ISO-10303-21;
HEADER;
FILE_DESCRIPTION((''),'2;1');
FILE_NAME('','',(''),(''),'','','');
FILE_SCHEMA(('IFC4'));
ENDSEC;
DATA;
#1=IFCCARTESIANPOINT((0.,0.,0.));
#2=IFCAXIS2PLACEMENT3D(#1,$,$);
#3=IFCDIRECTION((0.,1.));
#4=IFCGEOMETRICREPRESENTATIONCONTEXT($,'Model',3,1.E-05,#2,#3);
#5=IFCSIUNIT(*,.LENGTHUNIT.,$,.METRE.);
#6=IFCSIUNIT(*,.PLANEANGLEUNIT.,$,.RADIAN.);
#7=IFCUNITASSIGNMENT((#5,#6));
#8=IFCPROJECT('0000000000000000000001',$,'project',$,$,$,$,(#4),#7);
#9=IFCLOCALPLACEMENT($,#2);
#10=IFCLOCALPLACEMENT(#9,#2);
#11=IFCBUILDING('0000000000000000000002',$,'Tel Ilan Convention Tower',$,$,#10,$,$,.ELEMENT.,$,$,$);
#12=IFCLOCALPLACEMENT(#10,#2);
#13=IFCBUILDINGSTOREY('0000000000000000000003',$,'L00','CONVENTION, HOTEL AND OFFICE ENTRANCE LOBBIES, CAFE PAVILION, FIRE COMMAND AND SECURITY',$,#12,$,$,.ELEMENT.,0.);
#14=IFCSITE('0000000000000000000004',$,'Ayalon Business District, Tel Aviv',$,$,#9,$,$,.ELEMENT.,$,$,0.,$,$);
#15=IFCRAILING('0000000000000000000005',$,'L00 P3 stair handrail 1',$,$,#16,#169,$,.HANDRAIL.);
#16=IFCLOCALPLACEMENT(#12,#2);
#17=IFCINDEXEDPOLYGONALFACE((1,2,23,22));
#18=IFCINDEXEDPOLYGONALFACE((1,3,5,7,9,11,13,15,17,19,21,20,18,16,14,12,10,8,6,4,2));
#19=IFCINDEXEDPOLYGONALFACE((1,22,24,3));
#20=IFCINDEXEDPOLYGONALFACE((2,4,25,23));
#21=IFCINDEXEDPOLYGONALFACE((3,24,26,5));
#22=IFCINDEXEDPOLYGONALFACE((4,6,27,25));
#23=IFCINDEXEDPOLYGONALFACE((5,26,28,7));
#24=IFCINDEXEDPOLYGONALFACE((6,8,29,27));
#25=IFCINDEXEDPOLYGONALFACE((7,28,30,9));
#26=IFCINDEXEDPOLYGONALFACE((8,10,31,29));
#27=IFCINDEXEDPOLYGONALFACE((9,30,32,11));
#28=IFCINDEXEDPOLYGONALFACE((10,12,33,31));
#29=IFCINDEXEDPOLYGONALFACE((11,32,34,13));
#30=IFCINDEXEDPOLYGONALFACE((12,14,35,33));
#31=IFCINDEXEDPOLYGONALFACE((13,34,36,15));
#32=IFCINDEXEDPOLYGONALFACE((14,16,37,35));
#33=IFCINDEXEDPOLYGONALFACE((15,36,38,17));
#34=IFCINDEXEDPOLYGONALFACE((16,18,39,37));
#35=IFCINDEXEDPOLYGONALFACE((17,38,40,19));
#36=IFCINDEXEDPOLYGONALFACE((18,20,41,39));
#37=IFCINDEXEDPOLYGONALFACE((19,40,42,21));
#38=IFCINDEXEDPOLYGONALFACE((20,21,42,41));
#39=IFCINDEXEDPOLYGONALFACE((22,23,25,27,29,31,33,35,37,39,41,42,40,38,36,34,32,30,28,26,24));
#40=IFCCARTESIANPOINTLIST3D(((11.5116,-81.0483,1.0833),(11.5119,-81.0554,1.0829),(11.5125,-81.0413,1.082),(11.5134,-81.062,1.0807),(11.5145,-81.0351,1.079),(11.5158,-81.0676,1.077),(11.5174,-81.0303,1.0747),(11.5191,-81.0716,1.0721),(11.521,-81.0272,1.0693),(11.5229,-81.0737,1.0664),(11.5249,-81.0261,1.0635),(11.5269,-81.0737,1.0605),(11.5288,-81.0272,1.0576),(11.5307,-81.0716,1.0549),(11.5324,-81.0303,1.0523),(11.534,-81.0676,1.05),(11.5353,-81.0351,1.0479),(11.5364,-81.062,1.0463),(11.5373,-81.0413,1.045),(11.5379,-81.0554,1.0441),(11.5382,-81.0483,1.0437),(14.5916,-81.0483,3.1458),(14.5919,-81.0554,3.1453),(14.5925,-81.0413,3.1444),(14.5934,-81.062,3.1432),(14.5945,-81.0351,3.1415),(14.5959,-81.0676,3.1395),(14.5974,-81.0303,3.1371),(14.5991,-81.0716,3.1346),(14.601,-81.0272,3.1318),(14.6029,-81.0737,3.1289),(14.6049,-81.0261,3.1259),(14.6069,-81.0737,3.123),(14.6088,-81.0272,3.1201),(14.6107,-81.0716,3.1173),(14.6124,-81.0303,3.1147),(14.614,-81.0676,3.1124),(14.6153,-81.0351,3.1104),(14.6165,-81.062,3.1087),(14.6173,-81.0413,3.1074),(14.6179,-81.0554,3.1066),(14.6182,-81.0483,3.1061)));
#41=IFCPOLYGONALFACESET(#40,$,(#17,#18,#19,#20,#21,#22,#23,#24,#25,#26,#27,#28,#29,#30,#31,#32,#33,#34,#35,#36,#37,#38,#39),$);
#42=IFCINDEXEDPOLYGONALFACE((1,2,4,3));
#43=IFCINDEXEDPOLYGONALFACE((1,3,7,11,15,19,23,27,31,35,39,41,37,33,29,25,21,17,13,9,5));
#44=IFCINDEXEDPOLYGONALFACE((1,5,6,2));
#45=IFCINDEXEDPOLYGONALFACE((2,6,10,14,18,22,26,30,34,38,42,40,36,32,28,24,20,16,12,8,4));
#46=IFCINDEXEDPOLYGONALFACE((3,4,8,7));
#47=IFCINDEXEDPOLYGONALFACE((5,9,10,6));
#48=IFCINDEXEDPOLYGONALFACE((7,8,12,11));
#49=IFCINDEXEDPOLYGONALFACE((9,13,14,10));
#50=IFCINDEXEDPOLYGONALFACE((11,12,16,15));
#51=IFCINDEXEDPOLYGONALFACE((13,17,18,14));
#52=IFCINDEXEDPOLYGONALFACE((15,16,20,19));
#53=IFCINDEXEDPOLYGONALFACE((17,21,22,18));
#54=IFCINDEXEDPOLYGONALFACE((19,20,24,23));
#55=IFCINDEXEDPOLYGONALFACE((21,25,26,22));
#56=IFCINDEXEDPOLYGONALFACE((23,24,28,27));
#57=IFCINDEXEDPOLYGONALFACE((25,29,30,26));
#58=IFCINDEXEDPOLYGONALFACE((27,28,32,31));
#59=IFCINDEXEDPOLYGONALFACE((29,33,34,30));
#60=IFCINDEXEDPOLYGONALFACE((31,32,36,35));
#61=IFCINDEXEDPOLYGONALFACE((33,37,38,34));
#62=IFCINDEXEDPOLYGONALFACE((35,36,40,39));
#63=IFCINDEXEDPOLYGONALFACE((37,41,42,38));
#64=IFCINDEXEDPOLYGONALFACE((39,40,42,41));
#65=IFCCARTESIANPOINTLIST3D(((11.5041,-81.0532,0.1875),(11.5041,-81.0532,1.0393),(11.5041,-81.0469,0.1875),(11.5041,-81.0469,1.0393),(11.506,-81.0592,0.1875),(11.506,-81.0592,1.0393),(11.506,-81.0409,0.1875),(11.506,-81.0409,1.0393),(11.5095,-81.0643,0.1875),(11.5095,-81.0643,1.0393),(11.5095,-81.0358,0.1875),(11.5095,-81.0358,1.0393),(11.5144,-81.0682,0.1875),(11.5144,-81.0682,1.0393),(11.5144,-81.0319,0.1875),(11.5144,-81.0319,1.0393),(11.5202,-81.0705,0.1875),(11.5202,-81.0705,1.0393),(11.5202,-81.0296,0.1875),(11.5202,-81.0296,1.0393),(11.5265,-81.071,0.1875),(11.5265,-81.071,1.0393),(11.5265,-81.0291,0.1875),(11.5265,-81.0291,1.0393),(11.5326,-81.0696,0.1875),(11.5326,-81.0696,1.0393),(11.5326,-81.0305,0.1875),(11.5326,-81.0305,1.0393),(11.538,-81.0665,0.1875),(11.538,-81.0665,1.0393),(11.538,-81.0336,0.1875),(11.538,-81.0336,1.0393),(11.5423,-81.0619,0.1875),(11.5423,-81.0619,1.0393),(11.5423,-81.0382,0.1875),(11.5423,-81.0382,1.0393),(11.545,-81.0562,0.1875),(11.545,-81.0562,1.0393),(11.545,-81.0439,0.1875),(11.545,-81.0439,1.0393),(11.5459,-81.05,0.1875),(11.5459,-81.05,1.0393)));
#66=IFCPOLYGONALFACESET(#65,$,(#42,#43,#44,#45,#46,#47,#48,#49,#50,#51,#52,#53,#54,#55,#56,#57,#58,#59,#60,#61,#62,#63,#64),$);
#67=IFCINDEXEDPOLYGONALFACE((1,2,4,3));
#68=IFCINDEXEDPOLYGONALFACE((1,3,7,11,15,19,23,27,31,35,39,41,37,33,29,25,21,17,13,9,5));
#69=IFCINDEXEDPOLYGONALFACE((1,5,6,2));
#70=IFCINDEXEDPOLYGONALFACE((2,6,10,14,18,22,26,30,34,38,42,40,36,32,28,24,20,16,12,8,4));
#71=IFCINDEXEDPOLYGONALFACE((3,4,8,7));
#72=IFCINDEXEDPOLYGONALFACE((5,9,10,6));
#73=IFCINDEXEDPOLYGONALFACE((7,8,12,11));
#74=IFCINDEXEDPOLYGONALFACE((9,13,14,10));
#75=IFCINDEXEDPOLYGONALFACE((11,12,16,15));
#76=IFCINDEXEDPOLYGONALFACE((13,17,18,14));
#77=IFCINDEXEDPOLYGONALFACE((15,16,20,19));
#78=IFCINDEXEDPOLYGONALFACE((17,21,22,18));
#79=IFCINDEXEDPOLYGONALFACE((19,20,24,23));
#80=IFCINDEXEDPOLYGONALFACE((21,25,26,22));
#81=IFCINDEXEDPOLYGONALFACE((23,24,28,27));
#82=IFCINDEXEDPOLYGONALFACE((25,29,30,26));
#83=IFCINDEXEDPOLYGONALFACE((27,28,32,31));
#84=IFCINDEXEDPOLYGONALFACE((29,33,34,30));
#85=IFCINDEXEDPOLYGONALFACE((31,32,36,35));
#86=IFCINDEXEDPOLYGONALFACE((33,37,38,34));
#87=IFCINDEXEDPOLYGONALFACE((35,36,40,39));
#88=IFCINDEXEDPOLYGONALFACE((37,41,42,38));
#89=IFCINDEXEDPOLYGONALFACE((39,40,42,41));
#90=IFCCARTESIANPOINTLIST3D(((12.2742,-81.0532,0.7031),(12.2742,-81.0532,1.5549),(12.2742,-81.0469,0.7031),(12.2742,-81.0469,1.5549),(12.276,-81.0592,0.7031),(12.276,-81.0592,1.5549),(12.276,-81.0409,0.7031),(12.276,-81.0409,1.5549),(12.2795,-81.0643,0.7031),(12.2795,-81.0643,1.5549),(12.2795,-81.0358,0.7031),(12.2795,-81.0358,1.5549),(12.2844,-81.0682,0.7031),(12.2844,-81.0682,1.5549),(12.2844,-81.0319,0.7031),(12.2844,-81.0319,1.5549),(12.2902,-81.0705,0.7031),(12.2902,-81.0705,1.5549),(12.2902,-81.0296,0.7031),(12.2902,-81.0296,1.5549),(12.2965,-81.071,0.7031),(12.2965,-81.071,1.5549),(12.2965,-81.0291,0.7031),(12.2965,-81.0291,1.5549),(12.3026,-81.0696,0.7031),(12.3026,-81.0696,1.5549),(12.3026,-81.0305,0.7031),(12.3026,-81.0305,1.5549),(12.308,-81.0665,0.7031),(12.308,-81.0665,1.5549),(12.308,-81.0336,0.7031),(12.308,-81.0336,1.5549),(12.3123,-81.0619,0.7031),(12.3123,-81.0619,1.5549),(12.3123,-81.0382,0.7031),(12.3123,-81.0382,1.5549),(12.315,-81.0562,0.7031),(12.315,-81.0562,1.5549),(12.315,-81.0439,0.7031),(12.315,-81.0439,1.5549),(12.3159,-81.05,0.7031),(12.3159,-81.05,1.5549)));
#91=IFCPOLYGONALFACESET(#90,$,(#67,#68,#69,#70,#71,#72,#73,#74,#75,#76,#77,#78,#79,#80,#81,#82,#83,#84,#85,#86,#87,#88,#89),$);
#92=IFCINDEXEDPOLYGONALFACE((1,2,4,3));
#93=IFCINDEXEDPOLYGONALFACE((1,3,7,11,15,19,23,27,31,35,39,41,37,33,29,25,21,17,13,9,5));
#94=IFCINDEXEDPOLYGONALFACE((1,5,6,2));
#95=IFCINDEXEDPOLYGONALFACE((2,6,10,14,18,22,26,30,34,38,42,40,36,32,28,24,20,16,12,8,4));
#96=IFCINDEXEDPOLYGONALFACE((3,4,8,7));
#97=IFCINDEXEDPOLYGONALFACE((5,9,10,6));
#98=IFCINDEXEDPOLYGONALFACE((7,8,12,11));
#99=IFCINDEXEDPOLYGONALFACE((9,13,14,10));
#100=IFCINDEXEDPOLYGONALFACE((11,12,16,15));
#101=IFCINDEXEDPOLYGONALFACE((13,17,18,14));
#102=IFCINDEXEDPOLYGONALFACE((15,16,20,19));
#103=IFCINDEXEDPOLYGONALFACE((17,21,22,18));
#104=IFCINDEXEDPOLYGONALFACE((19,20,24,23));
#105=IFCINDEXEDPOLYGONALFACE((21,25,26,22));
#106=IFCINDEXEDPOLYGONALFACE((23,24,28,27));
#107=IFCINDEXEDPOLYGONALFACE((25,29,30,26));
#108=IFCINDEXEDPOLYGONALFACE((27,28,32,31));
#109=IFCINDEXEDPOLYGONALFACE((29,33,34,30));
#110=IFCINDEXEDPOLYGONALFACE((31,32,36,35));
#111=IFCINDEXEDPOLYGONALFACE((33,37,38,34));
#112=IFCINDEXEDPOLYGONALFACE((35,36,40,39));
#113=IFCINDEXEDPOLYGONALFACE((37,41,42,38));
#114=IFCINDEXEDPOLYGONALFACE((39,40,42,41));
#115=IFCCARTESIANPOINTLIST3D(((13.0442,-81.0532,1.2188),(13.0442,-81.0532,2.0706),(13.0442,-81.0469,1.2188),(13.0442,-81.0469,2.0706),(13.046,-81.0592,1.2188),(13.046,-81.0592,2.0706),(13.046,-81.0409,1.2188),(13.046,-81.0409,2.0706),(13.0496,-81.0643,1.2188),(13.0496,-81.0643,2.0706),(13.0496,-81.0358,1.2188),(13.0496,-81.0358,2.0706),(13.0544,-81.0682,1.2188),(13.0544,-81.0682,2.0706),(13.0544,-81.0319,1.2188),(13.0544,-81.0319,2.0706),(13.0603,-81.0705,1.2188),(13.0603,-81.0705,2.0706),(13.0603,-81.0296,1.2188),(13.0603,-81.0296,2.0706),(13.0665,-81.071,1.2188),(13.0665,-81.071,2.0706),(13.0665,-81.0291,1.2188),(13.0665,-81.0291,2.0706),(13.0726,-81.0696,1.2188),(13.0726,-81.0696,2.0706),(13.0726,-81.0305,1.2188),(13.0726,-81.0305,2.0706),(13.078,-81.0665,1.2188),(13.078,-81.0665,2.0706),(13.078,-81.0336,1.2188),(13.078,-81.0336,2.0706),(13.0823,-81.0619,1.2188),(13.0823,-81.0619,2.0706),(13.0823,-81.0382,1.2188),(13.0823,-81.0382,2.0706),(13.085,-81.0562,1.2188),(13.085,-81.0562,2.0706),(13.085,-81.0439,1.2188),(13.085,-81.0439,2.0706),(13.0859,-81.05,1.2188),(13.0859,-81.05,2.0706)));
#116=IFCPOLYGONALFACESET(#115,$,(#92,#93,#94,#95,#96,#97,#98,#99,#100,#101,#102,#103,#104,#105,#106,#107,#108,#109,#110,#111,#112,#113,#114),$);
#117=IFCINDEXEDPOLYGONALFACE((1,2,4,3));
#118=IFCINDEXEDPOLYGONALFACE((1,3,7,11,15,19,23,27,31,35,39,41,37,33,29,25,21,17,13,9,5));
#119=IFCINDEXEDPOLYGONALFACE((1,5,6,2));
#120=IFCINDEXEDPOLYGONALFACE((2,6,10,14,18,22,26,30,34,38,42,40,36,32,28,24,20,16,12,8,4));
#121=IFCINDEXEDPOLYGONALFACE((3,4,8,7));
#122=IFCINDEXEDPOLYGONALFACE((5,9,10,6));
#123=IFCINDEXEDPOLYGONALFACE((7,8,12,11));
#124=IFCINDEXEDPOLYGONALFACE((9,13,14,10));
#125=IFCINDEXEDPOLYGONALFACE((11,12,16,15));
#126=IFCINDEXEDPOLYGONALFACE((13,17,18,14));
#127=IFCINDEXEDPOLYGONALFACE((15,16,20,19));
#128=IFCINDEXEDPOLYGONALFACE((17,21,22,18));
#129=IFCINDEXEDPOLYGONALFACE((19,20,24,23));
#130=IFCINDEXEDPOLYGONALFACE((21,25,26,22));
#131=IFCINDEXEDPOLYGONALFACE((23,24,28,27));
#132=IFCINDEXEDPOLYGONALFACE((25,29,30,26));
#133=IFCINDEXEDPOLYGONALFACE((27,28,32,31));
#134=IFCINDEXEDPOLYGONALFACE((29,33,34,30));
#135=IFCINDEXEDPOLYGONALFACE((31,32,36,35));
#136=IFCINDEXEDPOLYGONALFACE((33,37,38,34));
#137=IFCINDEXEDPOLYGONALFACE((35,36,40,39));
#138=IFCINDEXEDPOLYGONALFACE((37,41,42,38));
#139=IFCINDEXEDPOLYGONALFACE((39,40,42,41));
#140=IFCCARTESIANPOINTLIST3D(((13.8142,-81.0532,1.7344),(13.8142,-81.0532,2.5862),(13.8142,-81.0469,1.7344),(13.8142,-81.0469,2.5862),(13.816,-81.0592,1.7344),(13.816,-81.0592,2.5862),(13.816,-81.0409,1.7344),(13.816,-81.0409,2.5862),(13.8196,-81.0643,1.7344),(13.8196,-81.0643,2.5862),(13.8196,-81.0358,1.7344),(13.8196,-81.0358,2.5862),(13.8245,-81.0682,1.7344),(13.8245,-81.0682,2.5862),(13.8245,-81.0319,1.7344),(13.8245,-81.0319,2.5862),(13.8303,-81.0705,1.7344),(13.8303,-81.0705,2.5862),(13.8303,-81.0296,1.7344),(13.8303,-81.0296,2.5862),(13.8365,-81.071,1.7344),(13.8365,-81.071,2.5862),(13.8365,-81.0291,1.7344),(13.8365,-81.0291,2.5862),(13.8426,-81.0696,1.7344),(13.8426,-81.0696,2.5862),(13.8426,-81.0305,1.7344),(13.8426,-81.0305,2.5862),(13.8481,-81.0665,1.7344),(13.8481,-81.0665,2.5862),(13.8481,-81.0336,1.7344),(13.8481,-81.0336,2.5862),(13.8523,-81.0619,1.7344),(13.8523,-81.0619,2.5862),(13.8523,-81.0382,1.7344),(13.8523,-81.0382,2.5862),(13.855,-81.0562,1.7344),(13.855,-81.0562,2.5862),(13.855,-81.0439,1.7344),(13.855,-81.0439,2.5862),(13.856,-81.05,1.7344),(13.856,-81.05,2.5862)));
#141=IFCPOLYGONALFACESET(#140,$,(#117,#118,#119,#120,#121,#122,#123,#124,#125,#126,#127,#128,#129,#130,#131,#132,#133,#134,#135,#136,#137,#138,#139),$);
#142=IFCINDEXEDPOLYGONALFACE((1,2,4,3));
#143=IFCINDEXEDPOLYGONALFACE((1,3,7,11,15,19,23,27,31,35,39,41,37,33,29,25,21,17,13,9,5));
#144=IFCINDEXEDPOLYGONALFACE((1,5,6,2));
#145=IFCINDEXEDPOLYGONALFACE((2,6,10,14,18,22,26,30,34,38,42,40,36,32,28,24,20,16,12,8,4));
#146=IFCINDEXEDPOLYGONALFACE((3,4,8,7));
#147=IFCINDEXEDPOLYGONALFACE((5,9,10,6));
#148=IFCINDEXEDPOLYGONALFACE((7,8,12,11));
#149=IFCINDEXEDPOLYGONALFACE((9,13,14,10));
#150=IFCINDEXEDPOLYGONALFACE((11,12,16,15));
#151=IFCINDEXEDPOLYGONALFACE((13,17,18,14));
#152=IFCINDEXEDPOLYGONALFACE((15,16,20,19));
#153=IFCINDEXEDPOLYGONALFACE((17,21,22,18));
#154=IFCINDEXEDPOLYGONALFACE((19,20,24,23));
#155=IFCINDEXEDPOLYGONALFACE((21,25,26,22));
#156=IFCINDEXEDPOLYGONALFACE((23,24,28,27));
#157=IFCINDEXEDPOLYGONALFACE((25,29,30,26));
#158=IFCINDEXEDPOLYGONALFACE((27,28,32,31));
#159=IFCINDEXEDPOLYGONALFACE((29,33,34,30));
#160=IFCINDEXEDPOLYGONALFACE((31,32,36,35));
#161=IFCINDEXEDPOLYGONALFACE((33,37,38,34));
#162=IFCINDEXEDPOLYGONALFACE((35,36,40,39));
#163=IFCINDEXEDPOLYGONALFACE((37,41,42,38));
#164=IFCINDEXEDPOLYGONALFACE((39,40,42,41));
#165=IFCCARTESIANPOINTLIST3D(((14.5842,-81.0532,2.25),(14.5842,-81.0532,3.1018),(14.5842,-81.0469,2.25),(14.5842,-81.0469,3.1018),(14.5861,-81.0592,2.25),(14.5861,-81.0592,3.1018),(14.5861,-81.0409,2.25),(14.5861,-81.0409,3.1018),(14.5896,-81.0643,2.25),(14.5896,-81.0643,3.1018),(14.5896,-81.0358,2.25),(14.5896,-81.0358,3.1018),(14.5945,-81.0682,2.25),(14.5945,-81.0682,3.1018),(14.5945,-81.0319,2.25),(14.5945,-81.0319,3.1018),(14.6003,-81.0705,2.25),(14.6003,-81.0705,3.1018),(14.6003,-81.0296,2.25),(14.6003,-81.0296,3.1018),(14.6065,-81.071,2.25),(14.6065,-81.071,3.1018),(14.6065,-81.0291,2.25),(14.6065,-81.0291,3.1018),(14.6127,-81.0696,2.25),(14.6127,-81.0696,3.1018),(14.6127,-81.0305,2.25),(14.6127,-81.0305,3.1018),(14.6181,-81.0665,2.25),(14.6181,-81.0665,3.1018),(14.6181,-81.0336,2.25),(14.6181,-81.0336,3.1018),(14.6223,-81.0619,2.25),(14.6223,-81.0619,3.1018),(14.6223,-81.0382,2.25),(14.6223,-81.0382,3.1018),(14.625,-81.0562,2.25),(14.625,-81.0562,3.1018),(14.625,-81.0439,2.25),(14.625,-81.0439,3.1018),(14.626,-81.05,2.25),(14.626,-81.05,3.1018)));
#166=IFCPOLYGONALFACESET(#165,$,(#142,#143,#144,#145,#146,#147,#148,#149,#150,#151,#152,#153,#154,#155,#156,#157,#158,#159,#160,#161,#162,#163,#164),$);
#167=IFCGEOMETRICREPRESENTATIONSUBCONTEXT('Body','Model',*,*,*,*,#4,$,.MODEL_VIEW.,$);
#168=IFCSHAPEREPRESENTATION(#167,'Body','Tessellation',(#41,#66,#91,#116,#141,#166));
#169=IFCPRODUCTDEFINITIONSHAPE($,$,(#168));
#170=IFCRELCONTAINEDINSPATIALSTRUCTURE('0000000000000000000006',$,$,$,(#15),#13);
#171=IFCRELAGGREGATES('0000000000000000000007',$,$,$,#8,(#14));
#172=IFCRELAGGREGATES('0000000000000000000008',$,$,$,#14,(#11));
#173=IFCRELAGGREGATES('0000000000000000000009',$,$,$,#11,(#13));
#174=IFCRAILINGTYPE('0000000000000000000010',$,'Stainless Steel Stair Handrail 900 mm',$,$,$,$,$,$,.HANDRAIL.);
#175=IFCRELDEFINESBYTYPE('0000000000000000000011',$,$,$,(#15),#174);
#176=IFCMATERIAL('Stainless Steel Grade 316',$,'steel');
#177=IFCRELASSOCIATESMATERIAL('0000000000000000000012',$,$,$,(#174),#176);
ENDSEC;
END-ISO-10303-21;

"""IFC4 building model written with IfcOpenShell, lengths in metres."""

from ifc_helpers import new_model, si_unit, direction, frame, origin, origin_2d, place, context, subcontext, project, spatial, circle, extrude, material, type_object, element, save


model = new_model("IFC4")

# Units and contexts
model_context = context("Model", 3, precision=1e-05, world=origin(), true_north=direction((0.0, 1.0)))
body_context = subcontext(model_context, "Body", "Model", "MODEL_VIEW")
ifc_project = project(units=[si_unit("LENGTHUNIT", "METRE"), si_unit("PLANEANGLEUNIT", "RADIAN")], contexts=[model_context])

# Site, building, storey
site_placement = place(None, origin())
site = spatial("IfcSite", under=ifc_project, at=site_placement, Name="Ayalon Business District, Tel Aviv", CompositionType="ELEMENT", RefElevation=0.0)
building_placement = place(site_placement, origin())
building = spatial("IfcBuilding", under=site, at=building_placement, Name="Tel Ilan Convention Tower", CompositionType="ELEMENT")
storey_placement = place(building_placement, origin())
storey = spatial("IfcBuildingStorey", under=building, at=storey_placement, Name="L00", Description="CONVENTION, HOTEL AND OFFICE ENTRANCE LOBBIES, CAFE PAVILION, FIRE COMMAND AND SECURITY", CompositionType="ELEMENT", Elevation=0.0)

# Railing
ifc_material_1 = material(Name="Stainless Steel Grade 316", Category="steel")
railing_type_1 = type_object("IfcRailingType", Name="Stainless Steel Stair Handrail 900 mm", PredefinedType="HANDRAIL", material=ifc_material_1)
for number, where, name in (
    (1, (11.5249, -81.05, 0.1875), "L00 P3 stair handrail 1"),
):
    element("IfcRailing", number, at=place(storey_placement, frame(where)), inside=storey, type_object=railing_type_1, Name=name, PredefinedType="HANDRAIL", context=body_context, shape_type="SweptSolid", body=[
        extrude(circle(Radius=0.0239, at=origin_2d()), frame((0.0, 0.0, 0.876), z_axis=(0.830914, 0.0, 0.556401), x_axis=(0.0, 1.0, 0.0)), (0.0, 0.0, 1.0), 3.7068),
        extrude(circle(Radius=0.021, at=origin_2d()), origin(), (0.0, 0.0, 1.0), 0.8518),
        extrude(circle(Radius=0.021, at=origin_2d()), frame((0.77, 0.0, 0.5156)), (0.0, 0.0, 1.0), 0.8518),
        extrude(circle(Radius=0.021, at=origin_2d()), frame((1.54, 0.0, 1.0312)), (0.0, 0.0, 1.0), 0.8518),
        extrude(circle(Radius=0.021, at=origin_2d()), frame((2.3101, 0.0, 1.5469)), (0.0, 0.0, 1.0), 0.8518),
        extrude(circle(Radius=0.021, at=origin_2d()), frame((3.0801, 0.0, 2.0625)), (0.0, 0.0, 1.0), 0.8518),
    ])

save(model, "model.ifc")
